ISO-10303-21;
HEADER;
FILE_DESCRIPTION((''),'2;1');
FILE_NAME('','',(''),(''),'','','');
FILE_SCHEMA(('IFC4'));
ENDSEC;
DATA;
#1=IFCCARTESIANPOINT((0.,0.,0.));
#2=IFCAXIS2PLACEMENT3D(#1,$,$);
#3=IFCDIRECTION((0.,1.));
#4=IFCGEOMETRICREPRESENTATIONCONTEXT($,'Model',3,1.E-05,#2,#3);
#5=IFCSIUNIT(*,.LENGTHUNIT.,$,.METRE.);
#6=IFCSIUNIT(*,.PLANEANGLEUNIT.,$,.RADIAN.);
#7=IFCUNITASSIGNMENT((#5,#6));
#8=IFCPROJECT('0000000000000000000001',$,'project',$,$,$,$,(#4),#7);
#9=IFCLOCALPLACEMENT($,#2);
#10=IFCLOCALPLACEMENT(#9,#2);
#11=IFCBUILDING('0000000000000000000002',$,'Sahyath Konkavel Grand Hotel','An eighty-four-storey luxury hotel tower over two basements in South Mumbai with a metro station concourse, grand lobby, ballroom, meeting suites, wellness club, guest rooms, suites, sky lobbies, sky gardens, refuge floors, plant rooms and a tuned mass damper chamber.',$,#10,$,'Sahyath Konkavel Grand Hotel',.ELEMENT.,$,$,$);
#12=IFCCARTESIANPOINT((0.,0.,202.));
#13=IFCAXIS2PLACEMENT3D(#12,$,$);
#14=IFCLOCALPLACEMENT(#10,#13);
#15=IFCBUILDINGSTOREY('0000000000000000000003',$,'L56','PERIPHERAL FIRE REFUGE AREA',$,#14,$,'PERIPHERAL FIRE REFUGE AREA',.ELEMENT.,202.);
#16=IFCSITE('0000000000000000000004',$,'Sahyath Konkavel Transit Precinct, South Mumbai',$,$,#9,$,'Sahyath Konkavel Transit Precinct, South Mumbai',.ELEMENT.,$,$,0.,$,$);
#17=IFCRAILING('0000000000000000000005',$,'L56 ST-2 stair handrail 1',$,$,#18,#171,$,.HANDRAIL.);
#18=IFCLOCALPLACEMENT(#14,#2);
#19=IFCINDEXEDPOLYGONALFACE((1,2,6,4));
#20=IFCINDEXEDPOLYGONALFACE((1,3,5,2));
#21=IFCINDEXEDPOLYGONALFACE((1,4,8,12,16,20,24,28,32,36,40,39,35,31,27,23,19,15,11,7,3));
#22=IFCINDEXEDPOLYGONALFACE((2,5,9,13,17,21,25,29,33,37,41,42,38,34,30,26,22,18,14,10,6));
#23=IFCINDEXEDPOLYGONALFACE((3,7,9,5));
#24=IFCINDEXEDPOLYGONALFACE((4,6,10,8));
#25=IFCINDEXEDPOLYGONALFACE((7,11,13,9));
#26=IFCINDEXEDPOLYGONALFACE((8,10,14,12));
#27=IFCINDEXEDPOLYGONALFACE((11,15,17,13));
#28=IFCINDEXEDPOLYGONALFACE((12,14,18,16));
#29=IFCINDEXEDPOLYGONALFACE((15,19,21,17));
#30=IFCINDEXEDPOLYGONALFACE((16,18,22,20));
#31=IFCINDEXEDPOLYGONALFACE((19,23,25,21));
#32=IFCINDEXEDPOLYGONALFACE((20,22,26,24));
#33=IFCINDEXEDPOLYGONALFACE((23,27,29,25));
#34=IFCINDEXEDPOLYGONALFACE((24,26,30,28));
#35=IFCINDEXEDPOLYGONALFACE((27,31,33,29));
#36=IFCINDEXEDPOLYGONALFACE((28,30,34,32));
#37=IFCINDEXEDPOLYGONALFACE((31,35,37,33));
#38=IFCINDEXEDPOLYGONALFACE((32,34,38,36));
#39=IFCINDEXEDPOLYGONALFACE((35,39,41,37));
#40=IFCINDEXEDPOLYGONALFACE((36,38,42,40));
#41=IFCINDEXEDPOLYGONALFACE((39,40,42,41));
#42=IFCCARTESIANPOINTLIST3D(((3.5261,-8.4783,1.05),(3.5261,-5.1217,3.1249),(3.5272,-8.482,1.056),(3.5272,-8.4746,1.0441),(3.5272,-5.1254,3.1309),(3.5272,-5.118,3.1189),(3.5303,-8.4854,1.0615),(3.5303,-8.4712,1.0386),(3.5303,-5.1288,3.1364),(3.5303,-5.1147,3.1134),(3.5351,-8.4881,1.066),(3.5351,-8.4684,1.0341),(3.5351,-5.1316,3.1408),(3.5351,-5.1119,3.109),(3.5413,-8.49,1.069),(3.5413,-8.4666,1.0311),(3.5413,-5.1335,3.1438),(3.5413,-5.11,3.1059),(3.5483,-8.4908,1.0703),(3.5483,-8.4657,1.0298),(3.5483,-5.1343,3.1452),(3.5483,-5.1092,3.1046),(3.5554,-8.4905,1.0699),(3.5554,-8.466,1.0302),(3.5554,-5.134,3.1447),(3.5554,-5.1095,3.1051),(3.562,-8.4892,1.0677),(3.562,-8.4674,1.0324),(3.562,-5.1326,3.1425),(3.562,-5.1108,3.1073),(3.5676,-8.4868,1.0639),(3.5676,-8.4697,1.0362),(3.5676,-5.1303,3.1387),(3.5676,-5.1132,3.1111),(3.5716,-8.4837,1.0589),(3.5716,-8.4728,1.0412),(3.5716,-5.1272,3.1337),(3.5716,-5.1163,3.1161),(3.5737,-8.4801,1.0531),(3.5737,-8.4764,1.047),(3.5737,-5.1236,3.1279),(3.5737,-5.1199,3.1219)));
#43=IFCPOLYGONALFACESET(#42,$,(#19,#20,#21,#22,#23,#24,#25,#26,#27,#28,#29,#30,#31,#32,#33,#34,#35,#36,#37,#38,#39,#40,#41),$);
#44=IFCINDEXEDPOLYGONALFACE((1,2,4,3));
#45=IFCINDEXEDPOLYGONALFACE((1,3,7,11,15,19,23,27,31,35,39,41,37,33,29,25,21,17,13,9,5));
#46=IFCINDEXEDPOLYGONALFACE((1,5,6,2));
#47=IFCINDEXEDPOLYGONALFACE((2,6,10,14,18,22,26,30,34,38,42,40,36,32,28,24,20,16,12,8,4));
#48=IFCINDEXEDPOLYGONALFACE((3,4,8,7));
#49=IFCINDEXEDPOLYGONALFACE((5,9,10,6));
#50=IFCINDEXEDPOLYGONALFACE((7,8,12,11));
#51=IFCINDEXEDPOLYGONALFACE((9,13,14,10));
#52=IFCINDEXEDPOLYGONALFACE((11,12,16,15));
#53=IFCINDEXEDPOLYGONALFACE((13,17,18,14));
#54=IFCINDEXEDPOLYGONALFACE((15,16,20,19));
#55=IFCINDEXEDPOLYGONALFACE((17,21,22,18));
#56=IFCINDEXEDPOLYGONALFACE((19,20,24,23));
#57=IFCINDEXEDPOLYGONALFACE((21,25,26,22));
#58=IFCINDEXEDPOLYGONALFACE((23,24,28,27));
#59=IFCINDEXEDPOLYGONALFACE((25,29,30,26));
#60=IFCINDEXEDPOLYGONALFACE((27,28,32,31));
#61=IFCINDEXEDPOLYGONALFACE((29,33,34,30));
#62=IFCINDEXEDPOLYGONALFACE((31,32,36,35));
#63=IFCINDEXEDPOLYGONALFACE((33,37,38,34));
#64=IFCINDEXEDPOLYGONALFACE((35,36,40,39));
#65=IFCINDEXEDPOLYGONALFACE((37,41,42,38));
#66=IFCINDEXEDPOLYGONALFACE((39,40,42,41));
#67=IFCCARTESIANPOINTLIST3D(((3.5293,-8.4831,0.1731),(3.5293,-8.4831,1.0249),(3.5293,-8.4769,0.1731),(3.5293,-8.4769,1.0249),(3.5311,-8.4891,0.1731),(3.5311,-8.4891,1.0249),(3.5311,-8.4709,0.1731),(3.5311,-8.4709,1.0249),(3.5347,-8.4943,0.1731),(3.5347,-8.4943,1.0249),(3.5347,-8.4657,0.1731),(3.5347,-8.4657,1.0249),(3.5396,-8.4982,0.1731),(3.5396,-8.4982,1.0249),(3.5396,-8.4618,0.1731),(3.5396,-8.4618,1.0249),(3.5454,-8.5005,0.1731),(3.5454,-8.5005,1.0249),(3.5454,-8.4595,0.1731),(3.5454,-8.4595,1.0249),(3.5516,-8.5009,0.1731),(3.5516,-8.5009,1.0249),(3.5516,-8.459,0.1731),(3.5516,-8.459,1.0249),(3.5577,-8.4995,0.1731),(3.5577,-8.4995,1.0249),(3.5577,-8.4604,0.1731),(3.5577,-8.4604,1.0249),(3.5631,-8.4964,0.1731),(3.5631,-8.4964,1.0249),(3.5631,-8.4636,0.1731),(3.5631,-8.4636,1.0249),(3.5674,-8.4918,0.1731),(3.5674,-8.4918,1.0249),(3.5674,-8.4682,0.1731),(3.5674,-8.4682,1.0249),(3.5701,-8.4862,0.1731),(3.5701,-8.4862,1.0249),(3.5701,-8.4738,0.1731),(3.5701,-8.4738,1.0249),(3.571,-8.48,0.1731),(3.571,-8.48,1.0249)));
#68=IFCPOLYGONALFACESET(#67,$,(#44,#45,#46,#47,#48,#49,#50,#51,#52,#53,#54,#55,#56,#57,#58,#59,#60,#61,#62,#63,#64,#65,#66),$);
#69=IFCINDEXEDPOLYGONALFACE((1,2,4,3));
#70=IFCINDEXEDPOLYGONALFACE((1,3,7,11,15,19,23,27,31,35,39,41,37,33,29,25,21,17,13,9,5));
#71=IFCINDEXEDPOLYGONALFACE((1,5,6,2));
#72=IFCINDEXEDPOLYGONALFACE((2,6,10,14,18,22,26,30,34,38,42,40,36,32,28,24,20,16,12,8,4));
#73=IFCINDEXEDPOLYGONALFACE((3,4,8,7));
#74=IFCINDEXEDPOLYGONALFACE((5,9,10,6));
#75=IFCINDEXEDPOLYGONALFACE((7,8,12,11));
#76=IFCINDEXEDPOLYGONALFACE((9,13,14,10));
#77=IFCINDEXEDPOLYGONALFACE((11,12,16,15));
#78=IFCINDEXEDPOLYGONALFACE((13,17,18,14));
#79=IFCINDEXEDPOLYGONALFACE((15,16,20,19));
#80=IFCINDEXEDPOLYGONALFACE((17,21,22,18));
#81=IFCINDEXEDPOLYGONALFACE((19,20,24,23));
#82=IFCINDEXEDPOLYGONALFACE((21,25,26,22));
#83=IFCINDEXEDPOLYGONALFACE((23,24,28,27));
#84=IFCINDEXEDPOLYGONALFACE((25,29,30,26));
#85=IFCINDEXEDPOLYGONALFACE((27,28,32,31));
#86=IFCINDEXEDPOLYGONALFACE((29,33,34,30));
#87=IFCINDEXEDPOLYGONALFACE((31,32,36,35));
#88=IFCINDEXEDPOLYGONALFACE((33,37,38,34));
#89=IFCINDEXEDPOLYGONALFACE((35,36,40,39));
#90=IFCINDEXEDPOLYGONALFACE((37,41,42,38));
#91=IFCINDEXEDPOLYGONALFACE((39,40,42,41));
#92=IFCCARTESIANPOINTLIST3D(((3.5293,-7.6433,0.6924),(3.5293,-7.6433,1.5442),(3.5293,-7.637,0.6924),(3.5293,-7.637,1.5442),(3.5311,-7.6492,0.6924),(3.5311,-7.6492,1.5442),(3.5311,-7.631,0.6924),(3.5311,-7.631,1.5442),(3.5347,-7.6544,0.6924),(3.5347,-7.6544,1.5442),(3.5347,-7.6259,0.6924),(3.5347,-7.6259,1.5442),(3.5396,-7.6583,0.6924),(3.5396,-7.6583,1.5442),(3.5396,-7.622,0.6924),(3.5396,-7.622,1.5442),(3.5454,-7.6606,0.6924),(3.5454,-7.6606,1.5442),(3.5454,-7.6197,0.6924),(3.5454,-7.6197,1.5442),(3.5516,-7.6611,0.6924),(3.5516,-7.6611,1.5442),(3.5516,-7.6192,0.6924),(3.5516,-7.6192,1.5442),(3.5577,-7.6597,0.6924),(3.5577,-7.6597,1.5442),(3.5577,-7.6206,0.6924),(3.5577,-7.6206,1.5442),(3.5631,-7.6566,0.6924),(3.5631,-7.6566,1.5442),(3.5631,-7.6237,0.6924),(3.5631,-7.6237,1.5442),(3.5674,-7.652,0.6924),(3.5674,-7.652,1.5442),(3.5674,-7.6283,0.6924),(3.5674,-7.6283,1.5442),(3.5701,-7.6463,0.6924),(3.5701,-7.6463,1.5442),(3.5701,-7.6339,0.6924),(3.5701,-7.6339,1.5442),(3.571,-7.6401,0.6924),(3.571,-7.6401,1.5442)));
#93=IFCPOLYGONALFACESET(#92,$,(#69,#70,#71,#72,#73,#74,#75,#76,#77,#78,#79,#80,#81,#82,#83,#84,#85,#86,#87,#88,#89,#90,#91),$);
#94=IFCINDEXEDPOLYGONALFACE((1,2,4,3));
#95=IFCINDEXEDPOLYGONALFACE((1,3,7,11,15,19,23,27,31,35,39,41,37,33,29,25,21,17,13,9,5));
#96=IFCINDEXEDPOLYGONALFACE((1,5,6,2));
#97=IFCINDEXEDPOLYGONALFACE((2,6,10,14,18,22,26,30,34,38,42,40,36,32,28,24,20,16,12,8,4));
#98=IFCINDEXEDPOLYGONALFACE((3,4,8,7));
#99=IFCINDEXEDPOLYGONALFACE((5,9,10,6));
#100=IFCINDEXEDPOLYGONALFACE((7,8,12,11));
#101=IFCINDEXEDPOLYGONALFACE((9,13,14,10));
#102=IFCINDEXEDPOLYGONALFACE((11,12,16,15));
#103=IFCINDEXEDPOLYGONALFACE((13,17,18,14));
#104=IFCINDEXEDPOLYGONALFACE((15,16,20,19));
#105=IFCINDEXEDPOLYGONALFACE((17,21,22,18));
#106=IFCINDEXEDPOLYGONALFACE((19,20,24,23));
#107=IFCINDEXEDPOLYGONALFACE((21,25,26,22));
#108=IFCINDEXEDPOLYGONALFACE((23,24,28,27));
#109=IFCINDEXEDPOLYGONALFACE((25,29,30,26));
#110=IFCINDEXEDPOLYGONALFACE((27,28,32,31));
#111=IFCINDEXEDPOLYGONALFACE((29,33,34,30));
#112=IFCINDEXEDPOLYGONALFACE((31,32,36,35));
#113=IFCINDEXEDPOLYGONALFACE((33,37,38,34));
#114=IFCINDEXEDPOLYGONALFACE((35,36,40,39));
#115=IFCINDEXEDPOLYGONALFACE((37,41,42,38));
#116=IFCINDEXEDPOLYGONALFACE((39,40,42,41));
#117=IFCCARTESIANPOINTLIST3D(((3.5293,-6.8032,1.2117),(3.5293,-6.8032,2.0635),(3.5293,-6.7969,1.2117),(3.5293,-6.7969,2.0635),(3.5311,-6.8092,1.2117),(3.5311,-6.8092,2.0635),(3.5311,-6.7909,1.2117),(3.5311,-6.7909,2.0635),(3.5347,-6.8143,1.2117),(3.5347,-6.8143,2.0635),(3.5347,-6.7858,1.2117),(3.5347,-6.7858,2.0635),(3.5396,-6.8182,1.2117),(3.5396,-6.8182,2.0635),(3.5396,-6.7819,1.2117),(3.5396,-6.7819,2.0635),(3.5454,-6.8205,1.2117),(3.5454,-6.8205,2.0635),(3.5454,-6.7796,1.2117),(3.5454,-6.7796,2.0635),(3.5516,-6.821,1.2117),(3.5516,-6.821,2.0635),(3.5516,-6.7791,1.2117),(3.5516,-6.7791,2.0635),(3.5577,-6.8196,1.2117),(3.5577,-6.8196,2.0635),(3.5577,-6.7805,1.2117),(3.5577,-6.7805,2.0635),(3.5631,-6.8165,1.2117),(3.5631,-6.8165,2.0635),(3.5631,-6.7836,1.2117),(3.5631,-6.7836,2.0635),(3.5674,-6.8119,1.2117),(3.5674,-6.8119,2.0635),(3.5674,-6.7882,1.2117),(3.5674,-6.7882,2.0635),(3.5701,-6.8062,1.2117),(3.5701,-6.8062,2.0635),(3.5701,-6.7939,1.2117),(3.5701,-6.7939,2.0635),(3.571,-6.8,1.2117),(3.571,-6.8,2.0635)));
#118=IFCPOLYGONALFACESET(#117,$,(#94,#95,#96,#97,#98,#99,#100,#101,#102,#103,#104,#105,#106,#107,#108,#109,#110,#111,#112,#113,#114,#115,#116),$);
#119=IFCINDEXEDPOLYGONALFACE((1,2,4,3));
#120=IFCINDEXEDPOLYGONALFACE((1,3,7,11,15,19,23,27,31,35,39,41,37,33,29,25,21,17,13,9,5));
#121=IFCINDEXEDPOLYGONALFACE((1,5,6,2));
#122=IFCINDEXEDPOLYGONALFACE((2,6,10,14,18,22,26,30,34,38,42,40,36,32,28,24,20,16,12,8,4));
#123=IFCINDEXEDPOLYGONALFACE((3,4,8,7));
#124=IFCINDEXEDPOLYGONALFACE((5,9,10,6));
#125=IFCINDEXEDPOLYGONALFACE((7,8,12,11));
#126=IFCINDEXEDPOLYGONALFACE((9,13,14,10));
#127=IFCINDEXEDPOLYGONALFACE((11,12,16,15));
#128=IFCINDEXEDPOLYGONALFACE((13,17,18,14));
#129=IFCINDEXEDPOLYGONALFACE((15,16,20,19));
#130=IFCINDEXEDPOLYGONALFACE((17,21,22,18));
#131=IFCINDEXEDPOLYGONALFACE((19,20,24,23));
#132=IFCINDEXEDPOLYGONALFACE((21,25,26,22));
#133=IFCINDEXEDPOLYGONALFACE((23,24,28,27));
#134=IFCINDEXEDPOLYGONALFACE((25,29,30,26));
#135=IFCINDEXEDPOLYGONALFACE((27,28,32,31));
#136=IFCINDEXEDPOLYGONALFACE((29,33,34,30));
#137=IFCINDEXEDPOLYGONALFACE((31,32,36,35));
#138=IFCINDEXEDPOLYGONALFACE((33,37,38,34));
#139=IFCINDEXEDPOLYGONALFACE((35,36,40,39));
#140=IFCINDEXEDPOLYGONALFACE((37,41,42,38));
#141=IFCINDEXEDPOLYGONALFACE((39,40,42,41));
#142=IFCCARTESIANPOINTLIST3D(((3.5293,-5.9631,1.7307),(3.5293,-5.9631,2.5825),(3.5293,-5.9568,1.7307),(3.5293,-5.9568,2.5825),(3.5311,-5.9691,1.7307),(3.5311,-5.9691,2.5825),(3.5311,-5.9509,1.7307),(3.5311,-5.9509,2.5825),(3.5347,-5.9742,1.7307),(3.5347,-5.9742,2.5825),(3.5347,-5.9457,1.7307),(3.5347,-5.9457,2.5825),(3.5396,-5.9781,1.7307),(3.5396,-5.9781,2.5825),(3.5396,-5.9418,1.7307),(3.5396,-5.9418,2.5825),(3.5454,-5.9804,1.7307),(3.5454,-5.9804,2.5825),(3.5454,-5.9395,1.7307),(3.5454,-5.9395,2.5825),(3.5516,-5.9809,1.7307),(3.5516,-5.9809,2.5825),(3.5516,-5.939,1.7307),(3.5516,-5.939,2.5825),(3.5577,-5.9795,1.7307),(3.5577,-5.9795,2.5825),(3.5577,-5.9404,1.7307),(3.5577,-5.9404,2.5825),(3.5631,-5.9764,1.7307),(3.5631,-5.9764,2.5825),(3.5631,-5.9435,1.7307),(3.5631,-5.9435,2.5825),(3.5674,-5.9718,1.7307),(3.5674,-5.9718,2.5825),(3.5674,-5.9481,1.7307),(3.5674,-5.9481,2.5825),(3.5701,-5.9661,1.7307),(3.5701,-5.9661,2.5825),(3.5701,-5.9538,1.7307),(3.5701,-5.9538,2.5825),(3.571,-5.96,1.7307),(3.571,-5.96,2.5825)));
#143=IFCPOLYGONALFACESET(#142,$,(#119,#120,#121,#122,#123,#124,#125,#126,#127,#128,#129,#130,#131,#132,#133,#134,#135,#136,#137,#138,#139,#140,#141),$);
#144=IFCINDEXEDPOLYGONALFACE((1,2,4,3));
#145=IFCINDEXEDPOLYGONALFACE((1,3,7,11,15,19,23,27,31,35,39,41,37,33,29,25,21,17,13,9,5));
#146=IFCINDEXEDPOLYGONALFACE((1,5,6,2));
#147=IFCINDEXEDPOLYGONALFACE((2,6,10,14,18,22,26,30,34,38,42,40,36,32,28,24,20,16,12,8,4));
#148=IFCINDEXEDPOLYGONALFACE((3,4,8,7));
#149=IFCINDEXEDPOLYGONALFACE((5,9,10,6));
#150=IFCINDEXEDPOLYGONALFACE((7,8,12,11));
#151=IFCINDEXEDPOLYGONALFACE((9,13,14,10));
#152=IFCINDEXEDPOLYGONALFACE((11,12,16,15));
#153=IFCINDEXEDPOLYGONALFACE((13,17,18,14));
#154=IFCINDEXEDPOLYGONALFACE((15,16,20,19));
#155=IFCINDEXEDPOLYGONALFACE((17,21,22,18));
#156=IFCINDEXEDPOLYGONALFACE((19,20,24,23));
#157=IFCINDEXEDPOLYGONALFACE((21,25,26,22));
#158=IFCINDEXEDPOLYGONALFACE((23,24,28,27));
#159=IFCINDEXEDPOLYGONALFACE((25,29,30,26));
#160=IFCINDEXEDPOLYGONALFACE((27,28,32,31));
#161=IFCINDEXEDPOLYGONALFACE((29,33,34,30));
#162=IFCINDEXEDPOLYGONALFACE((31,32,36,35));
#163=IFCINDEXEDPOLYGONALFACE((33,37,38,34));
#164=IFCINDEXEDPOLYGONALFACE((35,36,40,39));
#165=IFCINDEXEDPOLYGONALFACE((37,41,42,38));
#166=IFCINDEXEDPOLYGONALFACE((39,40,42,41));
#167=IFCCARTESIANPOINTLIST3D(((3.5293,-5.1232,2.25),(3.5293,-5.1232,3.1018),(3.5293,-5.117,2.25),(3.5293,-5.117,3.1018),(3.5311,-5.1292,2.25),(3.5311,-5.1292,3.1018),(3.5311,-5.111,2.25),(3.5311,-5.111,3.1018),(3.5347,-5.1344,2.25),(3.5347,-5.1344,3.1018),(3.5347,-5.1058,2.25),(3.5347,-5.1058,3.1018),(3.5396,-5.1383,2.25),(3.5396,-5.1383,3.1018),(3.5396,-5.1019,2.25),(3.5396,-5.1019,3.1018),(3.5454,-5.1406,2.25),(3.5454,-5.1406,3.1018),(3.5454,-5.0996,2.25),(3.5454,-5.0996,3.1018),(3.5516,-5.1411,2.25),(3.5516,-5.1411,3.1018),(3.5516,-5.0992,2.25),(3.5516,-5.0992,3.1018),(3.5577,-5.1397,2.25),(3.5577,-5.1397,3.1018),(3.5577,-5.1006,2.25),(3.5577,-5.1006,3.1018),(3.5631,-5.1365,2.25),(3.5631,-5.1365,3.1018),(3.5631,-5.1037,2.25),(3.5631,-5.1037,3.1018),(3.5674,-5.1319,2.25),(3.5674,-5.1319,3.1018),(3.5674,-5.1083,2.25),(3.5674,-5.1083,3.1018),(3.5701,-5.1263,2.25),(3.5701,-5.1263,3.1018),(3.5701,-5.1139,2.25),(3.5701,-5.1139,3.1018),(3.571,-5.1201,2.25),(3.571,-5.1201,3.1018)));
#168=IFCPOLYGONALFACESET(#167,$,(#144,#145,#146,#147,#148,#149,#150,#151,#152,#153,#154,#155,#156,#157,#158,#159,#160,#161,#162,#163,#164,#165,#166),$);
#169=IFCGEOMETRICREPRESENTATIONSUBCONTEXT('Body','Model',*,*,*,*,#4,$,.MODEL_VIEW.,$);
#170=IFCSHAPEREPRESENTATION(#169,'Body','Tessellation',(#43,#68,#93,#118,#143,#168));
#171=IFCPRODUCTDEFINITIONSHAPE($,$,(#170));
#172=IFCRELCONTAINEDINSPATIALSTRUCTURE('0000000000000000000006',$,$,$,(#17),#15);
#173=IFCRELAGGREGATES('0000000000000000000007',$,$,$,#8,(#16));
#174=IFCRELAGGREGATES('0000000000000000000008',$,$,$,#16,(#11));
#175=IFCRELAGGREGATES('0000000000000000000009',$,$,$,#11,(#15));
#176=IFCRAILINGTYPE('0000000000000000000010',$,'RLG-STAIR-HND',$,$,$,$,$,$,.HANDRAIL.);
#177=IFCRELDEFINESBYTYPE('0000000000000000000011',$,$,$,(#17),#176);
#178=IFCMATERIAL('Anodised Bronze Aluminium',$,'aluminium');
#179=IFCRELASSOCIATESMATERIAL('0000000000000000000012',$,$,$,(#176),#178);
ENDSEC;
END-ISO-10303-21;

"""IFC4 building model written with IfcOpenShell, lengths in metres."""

from ifc_helpers import new_model, si_unit, direction, frame, origin, origin_2d, place, context, subcontext, project, spatial, circle, extrude, material, type_object, element, save


model = new_model("IFC4")

# Units and contexts
model_context = context("Model", 3, precision=1e-05, world=origin(), true_north=direction((0.0, 1.0)))
body_context = subcontext(model_context, "Body", "Model", "MODEL_VIEW")
ifc_project = project(units=[si_unit("LENGTHUNIT", "METRE"), si_unit("PLANEANGLEUNIT", "RADIAN")], contexts=[model_context])

# Site, building, storey
site_placement = place(None, origin())
site = spatial("IfcSite", under=ifc_project, at=site_placement, Name="Sahyath Konkavel Transit Precinct, South Mumbai", LongName="Sahyath Konkavel Transit Precinct, South Mumbai", CompositionType="ELEMENT", RefElevation=0.0)
building_placement = place(site_placement, origin())
building = spatial("IfcBuilding", under=site, at=building_placement, Name="Sahyath Konkavel Grand Hotel", Description="An eighty-four-storey luxury hotel tower over two basements in South Mumbai with a metro station concourse, grand lobby, ballroom, meeting suites, wellness club, guest rooms, suites, sky lobbies, sky gardens, refuge floors, plant rooms and a tuned mass damper chamber.", LongName="Sahyath Konkavel Grand Hotel", CompositionType="ELEMENT")
storey_placement = place(building_placement, frame((0.0, 0.0, 202.0)))
storey = spatial("IfcBuildingStorey", under=building, at=storey_placement, Name="L56", Description="PERIPHERAL FIRE REFUGE AREA", LongName="PERIPHERAL FIRE REFUGE AREA", CompositionType="ELEMENT", Elevation=202.0)

# Railing
ifc_material_1 = material(Name="Anodised Bronze Aluminium", Category="aluminium")
railing_type_1 = type_object("IfcRailingType", Name="RLG-STAIR-HND", PredefinedType="HANDRAIL", material=ifc_material_1)
railing_1_placement = place(storey_placement, frame((3.55, -8.48, 0.1731)))
element("IfcRailing", 1, at=railing_1_placement, inside=storey, type_object=railing_type_1, Name="L56 ST-2 stair handrail 1", PredefinedType="HANDRAIL", context=body_context, shape_type="SweptSolid", body=[
    extrude(circle(Radius=0.0239, at=origin_2d()), frame((0.0, 0.0017, 0.877), z_axis=(0.0, 0.850606, 0.525803), x_axis=(-1.0, 0.0, 0.0)), (0.0, 0.0, 1.0), 3.946),
    extrude(circle(Radius=0.021, at=origin_2d()), origin(), (0.0, 0.0, 1.0), 0.8518),
    extrude(circle(Radius=0.021, at=origin_2d()), frame((0.0, 0.8398, 0.5193)), (0.0, 0.0, 1.0), 0.8518),
    extrude(circle(Radius=0.021, at=origin_2d()), frame((0.0, 1.6799, 1.0386)), (0.0, 0.0, 1.0), 0.8518),
    extrude(circle(Radius=0.021, at=origin_2d()), frame((0.0, 2.52, 1.5576)), (0.0, 0.0, 1.0), 0.8518),
    extrude(circle(Radius=0.021, at=origin_2d()), frame((0.0, 3.3599, 2.0769)), (0.0, 0.0, 1.0), 0.8518),
])

save(model, "model.ifc")
